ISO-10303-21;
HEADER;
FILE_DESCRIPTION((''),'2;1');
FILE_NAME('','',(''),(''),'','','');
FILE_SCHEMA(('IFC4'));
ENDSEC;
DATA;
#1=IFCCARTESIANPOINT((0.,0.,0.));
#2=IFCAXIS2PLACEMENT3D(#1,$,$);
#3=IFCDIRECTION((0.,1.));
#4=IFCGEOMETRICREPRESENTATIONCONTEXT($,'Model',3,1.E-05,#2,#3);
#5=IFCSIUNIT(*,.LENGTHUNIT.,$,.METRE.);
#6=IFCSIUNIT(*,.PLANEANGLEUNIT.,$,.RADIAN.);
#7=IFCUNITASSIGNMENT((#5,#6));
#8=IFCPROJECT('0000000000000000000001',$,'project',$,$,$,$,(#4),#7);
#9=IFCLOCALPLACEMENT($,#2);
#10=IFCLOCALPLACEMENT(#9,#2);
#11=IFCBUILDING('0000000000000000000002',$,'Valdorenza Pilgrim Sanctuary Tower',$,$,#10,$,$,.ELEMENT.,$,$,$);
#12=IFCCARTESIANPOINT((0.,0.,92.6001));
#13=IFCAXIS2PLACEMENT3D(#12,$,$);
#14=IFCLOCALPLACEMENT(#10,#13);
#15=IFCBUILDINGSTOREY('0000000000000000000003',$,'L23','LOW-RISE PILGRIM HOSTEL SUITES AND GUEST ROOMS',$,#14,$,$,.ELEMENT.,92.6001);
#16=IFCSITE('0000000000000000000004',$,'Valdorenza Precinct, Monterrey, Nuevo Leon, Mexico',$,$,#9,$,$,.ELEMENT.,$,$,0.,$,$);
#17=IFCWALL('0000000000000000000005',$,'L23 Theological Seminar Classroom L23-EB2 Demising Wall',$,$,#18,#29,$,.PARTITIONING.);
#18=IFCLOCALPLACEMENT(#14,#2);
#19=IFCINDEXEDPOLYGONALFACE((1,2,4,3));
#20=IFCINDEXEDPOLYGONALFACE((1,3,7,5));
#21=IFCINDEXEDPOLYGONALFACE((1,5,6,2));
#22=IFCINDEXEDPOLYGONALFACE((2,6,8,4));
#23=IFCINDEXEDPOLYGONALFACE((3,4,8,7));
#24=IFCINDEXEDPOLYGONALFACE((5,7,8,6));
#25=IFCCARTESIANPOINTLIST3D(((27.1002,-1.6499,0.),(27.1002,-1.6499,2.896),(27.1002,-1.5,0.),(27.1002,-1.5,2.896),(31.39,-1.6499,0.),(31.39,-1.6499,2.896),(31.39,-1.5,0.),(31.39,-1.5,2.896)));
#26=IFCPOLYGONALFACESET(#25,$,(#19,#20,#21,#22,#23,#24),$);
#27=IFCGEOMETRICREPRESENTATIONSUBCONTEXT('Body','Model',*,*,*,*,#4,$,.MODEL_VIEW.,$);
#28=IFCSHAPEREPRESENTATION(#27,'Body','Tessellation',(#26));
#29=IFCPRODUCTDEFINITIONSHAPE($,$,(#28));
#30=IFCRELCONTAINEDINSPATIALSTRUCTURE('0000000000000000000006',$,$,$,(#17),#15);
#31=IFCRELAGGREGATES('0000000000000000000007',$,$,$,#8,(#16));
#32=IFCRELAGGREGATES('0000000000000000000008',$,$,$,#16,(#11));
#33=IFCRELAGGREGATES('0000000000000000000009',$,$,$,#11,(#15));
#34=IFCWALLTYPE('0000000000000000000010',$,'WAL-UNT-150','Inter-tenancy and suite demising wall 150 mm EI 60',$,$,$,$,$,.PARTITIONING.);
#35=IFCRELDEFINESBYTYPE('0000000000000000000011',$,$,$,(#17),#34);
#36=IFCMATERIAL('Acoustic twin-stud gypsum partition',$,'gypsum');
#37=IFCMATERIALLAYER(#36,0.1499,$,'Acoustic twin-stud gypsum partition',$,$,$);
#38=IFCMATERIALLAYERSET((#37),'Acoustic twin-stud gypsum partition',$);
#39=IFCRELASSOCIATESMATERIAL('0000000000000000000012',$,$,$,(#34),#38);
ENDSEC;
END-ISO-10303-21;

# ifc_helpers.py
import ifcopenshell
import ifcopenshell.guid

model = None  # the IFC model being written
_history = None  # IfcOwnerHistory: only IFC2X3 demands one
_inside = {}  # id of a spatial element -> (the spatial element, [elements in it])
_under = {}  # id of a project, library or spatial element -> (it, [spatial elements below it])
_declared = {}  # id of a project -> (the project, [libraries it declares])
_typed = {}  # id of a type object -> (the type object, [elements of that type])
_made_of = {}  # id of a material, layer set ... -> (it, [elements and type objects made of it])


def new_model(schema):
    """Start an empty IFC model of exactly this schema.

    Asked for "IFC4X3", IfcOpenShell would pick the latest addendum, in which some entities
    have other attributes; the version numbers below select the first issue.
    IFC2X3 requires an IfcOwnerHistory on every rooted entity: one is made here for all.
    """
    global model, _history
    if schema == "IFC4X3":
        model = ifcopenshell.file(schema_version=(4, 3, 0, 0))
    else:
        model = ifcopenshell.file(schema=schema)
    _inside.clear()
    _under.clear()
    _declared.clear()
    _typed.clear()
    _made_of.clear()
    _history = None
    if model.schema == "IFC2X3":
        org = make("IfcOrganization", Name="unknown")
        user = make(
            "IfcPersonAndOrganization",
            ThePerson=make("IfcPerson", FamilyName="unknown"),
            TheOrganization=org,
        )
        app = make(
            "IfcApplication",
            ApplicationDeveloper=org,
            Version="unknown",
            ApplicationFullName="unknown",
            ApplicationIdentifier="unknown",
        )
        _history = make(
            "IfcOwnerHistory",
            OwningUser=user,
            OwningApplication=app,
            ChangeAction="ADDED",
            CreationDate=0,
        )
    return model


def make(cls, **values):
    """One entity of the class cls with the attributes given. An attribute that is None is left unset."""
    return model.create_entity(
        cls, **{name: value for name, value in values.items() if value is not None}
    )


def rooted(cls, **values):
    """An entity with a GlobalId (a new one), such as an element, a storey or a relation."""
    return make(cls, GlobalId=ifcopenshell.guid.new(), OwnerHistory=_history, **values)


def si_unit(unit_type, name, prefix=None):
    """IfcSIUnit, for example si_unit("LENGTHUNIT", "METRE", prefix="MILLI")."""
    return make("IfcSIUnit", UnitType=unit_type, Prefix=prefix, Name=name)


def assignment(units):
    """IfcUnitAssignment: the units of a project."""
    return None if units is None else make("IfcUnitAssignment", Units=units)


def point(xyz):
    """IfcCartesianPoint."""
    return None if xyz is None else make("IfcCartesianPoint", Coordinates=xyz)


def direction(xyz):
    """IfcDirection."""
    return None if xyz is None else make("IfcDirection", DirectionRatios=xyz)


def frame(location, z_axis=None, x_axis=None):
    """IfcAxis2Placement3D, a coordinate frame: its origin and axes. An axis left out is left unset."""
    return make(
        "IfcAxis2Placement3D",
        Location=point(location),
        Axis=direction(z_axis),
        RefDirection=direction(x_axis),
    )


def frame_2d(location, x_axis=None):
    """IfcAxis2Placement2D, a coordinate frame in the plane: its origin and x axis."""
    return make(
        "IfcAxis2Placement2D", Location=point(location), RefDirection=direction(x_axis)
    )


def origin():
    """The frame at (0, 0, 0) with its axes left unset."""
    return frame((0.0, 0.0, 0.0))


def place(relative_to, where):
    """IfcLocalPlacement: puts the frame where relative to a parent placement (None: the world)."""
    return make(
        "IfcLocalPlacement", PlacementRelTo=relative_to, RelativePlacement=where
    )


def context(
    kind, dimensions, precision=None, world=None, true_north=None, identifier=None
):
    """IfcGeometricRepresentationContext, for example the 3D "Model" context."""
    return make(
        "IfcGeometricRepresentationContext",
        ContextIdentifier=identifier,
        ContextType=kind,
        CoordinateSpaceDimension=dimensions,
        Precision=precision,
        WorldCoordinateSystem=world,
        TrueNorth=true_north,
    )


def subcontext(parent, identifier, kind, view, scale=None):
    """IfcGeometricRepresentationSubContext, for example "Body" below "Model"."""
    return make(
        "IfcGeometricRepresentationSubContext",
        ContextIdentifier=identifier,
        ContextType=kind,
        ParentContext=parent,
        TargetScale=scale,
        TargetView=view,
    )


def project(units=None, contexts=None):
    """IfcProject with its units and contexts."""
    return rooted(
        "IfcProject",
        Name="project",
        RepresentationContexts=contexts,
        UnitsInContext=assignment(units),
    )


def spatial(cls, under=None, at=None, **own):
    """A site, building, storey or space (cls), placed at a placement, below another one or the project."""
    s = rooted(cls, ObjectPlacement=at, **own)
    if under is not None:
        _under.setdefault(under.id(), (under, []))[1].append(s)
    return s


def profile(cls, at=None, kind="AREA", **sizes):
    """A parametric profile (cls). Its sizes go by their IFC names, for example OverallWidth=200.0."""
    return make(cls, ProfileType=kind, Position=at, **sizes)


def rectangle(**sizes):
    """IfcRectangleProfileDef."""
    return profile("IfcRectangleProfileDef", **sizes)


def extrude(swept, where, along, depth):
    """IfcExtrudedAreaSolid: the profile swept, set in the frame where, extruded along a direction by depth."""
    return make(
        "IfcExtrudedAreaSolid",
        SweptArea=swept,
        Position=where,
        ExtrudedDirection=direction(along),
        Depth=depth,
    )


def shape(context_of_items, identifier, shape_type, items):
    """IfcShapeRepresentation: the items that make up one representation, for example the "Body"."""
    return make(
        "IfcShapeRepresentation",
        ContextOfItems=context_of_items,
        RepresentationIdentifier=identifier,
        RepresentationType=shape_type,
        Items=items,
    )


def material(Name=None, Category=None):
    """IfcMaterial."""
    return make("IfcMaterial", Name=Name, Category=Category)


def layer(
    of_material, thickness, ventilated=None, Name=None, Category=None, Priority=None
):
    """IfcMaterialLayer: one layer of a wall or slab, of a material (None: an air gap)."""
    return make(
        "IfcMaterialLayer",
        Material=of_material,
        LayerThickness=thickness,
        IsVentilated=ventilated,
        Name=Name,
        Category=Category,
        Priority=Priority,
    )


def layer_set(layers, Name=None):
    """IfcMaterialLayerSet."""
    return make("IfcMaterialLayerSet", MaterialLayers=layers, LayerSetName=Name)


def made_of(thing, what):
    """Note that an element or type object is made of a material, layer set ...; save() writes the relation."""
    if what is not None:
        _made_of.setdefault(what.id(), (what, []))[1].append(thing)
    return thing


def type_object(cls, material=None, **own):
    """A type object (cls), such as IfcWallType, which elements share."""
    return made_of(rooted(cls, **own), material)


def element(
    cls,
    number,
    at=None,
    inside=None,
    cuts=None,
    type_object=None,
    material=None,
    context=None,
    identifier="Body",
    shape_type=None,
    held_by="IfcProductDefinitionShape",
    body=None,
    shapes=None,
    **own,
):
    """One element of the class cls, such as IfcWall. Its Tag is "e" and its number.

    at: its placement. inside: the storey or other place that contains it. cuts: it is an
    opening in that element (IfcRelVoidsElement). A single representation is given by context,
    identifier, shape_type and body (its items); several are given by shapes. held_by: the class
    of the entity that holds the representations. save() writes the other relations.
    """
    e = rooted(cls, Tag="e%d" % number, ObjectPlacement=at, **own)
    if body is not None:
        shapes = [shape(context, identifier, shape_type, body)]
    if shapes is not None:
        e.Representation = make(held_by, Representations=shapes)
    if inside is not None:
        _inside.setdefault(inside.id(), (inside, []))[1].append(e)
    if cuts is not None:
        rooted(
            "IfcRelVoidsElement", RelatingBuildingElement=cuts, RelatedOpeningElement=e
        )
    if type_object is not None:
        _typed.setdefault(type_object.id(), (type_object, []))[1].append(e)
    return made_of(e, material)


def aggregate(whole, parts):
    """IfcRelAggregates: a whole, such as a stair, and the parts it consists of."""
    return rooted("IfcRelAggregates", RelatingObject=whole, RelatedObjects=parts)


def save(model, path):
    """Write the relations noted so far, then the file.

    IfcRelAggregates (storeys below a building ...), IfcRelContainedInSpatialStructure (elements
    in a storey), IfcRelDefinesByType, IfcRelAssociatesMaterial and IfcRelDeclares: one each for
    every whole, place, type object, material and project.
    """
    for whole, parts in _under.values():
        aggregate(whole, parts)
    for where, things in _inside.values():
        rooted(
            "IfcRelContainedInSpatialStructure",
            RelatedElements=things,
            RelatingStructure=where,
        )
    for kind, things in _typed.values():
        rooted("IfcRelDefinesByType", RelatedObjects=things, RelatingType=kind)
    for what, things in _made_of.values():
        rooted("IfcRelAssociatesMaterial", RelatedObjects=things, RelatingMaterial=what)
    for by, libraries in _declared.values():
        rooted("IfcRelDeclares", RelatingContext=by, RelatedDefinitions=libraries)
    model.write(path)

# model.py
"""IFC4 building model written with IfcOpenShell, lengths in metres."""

from ifc_helpers import new_model, si_unit, direction, frame, frame_2d, origin, place, context, subcontext, project, spatial, rectangle, extrude, material, layer, layer_set, type_object, element, save


model = new_model("IFC4")

# Units and contexts
model_context = context("Model", 3, precision=1e-05, world=origin(), true_north=direction((0.0, 1.0)))
body_context = subcontext(model_context, "Body", "Model", "MODEL_VIEW")
ifc_project = project(units=[si_unit("LENGTHUNIT", "METRE"), si_unit("PLANEANGLEUNIT", "RADIAN")], contexts=[model_context])

# Site, building, storey
site_placement = place(None, origin())
site = spatial("IfcSite", under=ifc_project, at=site_placement, Name="Valdorenza Precinct, Monterrey, Nuevo Leon, Mexico", CompositionType="ELEMENT", RefElevation=0.0)
building_placement = place(site_placement, origin())
building = spatial("IfcBuilding", under=site, at=building_placement, Name="Valdorenza Pilgrim Sanctuary Tower", CompositionType="ELEMENT")
storey_placement = place(building_placement, frame((0.0, 0.0, 92.6001)))
storey = spatial("IfcBuildingStorey", under=building, at=storey_placement, Name="L23", Description="LOW-RISE PILGRIM HOSTEL SUITES AND GUEST ROOMS", CompositionType="ELEMENT", Elevation=92.6001)

# Shared definitions
ifc_material_1 = material(Name="Acoustic twin-stud gypsum partition", Category="gypsum")

# Wall
ifc_layer_1 = layer(ifc_material_1, 0.1499, Name="Acoustic twin-stud gypsum partition")
ifc_layer_set_1 = layer_set([ifc_layer_1], Name="Acoustic twin-stud gypsum partition")
wall_type_1 = type_object("IfcWallType", Name="WAL-UNT-150", Description="Inter-tenancy and suite demising wall 150 mm EI 60", PredefinedType="PARTITIONING", material=ifc_layer_set_1)
wall_1_placement = place(storey_placement, frame((27.1001, -1.575, 0.0), z_axis=(0.0, 0.0, 1.0), x_axis=(1.0, 0.0, 0.0)))
element("IfcWall", 1, at=wall_1_placement, inside=storey, type_object=wall_type_1, Name="L23 Theological Seminar Classroom L23-EB2 Demising Wall", PredefinedType="PARTITIONING", context=body_context, shape_type="SweptSolid", body=[
    extrude(rectangle(XDim=4.2898, YDim=0.1499, at=frame_2d((2.145, 0.0))), origin(), (0.0, 0.0, 1.0), 2.896),
])

save(model, "model.ifc")
